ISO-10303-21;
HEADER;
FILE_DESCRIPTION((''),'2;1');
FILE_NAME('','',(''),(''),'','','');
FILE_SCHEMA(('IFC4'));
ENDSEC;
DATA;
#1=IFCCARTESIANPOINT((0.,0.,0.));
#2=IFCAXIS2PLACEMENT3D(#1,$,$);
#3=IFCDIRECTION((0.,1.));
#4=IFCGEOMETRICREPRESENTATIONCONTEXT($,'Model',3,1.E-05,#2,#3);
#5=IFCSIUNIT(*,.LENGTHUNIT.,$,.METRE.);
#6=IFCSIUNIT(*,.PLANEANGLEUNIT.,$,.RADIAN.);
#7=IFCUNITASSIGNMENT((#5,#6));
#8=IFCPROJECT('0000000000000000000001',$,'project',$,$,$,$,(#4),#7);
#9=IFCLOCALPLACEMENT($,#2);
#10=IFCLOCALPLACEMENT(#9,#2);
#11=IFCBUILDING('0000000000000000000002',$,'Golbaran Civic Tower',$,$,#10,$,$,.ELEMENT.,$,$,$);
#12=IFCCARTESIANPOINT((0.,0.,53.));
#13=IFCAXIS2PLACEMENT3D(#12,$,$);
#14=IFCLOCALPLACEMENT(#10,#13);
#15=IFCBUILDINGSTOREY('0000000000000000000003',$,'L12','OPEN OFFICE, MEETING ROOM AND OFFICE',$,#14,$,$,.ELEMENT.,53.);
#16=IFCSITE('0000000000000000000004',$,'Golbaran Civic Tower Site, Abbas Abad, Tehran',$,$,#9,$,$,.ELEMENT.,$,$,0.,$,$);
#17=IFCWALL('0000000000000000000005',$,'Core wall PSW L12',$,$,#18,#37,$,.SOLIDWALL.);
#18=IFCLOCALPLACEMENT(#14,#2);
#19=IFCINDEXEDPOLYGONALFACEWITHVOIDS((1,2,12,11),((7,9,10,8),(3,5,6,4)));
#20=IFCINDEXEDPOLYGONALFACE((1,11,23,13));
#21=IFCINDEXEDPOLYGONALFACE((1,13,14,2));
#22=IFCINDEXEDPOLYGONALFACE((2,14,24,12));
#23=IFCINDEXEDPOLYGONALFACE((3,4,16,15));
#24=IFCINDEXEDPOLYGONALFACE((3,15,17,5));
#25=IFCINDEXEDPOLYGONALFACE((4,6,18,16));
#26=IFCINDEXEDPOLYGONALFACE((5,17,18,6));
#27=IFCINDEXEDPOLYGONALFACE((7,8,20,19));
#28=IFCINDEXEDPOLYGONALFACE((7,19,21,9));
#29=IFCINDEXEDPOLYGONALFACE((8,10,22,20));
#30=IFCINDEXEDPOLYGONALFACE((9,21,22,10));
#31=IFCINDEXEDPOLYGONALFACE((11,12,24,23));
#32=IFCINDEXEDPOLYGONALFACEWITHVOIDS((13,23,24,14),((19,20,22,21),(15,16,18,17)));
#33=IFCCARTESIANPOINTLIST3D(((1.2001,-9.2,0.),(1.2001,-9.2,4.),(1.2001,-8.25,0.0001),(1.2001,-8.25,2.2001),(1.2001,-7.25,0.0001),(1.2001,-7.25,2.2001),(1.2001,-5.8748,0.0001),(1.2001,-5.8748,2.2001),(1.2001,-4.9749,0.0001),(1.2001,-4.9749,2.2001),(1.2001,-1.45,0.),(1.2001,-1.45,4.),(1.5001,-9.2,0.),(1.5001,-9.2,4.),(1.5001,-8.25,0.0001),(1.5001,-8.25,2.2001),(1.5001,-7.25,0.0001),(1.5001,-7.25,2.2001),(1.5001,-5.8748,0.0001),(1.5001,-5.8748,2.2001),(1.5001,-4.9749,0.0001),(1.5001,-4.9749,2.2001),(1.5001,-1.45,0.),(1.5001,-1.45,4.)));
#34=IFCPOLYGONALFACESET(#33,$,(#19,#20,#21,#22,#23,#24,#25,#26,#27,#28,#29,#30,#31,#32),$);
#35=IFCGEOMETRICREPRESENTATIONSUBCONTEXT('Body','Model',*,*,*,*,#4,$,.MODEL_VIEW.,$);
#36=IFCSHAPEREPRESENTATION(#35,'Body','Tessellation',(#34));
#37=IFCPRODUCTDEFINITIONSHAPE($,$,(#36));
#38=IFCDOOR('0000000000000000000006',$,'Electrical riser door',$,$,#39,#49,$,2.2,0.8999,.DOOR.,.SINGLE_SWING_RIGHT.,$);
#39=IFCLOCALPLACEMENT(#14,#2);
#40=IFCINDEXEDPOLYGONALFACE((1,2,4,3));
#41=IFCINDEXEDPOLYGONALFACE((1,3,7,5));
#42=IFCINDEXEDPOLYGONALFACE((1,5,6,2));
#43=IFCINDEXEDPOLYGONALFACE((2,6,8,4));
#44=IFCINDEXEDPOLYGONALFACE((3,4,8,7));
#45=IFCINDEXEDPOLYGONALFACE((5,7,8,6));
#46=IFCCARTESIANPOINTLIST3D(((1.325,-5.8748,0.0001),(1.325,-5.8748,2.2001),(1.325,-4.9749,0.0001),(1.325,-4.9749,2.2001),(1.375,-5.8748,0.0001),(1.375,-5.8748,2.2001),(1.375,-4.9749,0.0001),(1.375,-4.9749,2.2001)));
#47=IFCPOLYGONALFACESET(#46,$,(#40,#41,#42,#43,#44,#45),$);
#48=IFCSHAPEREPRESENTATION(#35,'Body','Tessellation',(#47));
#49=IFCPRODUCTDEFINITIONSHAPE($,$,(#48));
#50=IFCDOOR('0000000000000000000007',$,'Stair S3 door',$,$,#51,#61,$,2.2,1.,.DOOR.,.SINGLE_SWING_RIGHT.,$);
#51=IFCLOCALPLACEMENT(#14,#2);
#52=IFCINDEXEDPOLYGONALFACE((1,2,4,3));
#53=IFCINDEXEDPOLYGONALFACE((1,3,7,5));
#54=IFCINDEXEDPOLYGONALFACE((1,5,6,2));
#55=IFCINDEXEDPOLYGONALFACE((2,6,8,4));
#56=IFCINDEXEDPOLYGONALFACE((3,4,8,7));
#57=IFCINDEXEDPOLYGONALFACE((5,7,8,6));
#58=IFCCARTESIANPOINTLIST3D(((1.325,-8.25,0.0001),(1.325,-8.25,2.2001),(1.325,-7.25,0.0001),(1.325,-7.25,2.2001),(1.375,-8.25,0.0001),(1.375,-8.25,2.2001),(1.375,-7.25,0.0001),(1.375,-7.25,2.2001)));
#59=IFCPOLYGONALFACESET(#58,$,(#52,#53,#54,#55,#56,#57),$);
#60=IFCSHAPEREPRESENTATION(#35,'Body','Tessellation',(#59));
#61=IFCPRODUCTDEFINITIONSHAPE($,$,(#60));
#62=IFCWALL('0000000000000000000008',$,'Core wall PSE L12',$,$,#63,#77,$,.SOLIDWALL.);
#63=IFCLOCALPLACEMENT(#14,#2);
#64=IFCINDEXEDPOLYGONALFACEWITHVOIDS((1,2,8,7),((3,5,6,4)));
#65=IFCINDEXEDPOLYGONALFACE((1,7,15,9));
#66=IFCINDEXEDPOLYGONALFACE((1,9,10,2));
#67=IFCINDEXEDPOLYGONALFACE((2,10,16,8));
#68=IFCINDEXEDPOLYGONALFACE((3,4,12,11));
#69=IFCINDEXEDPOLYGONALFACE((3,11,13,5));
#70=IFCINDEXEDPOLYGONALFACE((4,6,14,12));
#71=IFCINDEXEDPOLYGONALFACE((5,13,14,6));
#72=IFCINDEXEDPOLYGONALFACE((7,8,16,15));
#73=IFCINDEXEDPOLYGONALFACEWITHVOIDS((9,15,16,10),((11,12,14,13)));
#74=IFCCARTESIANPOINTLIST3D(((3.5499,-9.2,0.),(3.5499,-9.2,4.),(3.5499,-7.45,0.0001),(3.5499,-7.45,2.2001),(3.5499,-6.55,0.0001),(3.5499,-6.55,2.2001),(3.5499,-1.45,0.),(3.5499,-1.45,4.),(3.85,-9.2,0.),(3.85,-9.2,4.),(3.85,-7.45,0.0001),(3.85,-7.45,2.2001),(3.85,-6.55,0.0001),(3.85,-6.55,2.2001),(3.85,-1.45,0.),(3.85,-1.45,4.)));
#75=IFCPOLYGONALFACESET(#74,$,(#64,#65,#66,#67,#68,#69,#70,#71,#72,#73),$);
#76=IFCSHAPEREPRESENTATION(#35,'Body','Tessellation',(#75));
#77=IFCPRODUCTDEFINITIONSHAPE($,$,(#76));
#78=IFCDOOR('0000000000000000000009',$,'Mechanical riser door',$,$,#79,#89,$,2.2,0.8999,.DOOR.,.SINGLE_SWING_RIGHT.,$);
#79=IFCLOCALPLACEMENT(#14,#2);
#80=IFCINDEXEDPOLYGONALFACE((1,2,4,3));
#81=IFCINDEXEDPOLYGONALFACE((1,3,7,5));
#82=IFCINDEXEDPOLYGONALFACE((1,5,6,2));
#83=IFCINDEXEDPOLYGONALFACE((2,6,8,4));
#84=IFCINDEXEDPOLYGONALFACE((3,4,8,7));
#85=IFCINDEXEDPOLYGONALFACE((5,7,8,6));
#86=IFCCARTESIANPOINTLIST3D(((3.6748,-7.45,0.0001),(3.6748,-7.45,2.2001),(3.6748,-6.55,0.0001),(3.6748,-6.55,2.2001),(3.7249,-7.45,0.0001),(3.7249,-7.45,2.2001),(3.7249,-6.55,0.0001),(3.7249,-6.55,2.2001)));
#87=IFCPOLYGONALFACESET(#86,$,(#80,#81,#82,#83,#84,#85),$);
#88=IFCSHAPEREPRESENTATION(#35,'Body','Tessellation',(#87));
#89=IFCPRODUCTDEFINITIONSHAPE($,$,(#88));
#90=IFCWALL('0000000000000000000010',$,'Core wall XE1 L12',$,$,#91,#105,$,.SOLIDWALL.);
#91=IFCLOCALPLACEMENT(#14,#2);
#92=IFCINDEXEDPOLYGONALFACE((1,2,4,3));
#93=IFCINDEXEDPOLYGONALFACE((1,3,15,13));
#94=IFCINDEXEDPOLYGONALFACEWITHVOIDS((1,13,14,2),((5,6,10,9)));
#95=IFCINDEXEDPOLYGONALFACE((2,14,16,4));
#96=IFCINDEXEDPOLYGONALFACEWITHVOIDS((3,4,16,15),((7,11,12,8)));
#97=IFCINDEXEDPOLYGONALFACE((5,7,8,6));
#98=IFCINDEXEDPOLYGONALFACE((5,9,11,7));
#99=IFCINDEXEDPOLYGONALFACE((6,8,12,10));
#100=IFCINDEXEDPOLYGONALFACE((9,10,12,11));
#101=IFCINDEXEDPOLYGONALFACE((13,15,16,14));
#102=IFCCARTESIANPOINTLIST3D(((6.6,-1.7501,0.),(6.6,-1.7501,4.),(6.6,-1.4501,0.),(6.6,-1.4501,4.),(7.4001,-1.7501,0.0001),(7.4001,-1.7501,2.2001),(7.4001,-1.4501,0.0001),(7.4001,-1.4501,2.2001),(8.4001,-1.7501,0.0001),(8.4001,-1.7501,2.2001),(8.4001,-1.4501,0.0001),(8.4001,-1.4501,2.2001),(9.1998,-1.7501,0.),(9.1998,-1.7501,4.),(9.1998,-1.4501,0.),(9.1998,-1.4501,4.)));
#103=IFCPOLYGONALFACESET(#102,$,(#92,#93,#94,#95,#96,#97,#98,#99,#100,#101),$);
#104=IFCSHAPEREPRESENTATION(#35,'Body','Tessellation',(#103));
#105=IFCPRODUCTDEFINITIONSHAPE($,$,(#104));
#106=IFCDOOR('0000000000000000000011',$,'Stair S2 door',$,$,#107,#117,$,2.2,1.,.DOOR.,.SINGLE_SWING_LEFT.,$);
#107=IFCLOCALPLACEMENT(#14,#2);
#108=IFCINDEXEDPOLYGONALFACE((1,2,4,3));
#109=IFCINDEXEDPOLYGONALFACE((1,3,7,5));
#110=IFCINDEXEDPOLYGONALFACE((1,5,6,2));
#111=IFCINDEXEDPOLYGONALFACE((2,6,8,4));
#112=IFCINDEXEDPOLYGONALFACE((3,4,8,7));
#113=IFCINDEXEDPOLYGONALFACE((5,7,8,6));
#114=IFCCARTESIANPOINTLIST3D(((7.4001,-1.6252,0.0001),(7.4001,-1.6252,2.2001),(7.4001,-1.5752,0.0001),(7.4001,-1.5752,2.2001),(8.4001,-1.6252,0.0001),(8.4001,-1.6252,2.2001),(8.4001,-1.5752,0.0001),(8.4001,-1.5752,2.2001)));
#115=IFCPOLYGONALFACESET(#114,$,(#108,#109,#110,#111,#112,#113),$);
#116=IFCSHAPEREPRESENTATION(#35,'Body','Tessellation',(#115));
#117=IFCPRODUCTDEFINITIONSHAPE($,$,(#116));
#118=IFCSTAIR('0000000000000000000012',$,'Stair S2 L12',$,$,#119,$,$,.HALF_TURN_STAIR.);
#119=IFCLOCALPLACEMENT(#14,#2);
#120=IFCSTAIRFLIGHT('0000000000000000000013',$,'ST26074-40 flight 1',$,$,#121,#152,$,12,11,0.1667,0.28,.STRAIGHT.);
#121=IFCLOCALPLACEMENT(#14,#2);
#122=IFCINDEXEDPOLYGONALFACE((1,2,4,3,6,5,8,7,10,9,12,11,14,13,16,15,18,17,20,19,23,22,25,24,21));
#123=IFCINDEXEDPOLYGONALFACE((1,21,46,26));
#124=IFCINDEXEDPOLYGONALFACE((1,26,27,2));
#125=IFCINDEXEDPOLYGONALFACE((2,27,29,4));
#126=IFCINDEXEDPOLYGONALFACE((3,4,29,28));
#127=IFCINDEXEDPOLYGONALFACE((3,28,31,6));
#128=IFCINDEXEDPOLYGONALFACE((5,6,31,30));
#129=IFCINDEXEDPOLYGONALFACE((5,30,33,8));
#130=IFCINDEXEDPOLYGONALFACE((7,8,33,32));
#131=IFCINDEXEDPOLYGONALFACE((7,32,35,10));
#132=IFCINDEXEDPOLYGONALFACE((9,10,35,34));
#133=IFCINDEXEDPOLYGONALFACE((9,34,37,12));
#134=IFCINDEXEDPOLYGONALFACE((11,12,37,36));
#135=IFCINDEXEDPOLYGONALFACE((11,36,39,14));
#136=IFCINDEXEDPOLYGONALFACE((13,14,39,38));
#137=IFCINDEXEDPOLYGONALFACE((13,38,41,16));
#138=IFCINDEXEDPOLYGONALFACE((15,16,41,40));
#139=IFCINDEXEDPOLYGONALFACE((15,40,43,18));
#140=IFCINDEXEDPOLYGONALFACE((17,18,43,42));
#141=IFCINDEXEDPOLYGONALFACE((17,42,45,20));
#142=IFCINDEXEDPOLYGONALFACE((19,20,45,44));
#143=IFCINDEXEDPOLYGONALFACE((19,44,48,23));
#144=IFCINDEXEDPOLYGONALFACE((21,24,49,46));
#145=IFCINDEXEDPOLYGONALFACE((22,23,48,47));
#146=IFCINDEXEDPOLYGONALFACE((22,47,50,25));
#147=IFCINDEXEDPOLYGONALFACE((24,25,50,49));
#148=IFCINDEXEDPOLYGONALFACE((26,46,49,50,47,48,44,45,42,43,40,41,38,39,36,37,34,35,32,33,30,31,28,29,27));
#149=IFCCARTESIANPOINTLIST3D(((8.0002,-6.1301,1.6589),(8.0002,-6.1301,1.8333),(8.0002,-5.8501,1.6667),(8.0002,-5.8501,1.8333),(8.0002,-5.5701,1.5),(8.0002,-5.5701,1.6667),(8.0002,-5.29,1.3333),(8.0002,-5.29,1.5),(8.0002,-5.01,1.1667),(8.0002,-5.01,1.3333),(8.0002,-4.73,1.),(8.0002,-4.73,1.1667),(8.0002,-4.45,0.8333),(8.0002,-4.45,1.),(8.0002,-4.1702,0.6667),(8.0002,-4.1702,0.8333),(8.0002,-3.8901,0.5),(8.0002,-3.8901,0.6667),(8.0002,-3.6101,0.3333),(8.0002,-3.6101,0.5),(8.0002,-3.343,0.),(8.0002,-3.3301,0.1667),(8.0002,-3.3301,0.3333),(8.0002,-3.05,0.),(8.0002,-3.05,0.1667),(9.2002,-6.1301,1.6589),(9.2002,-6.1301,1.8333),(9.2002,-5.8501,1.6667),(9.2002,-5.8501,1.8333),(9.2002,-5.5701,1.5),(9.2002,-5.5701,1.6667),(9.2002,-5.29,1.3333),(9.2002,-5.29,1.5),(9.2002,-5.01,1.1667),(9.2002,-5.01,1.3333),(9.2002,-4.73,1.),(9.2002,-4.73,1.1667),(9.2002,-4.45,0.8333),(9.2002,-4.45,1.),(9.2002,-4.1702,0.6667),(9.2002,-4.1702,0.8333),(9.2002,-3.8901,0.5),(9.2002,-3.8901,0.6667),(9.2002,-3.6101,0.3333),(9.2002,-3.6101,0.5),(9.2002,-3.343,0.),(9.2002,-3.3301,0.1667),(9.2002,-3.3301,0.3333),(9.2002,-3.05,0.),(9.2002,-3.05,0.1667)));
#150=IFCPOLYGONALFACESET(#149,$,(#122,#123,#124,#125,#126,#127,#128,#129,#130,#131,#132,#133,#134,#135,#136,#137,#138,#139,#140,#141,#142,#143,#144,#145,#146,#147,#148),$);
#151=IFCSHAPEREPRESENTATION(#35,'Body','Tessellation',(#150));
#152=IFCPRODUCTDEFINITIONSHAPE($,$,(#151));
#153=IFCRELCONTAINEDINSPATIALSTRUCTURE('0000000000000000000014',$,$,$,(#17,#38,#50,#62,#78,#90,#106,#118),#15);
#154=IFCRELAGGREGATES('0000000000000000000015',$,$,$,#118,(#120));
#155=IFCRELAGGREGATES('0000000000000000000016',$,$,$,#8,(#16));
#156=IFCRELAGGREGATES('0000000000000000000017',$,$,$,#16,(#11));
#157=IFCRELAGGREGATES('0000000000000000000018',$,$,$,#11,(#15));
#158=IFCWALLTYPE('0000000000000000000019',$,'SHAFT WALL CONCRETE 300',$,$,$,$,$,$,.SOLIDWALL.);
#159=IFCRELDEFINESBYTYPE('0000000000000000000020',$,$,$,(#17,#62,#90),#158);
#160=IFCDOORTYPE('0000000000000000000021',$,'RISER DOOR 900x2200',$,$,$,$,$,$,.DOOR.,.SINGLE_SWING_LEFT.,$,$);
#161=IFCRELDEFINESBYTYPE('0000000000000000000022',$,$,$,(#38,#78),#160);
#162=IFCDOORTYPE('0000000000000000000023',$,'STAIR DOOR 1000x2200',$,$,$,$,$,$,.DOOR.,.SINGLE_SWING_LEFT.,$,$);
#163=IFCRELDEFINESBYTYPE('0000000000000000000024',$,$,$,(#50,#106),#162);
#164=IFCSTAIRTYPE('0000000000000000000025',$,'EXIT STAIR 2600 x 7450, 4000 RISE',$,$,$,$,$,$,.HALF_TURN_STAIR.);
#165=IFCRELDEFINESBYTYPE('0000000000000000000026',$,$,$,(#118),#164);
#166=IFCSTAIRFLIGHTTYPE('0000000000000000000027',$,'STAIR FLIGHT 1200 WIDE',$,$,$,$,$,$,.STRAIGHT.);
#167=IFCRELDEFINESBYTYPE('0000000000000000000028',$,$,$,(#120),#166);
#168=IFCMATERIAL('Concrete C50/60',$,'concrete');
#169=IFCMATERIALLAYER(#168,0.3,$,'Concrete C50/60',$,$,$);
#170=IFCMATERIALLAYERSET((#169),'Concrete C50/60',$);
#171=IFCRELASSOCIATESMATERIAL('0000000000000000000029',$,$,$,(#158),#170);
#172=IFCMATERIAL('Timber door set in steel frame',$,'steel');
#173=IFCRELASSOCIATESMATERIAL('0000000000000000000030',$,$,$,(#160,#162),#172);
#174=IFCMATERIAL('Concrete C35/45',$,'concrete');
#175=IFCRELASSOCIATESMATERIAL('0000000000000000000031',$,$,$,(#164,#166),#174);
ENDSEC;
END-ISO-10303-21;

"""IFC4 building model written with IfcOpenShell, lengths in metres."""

from ifc_helpers import new_model, si_unit, direction, frame, frame_2d, origin, place, context, subcontext, project, spatial, polyline, rectangle, outline, extrude, material, layer, layer_set, type_object, element, fill, aggregate, save


model = new_model("IFC4")

# Units and contexts
model_context = context("Model", 3, precision=1e-05, world=origin(), true_north=direction((0.0, 1.0)))
body_context = subcontext(model_context, "Body", "Model", "MODEL_VIEW")
ifc_project = project(units=[si_unit("LENGTHUNIT", "METRE"), si_unit("PLANEANGLEUNIT", "RADIAN")], contexts=[model_context])

# Site, building, storey
site_placement = place(None, origin())
site = spatial("IfcSite", under=ifc_project, at=site_placement, Name="Golbaran Civic Tower Site, Abbas Abad, Tehran", CompositionType="ELEMENT", RefElevation=0.0)
building_placement = place(site_placement, origin())
building = spatial("IfcBuilding", under=site, at=building_placement, Name="Golbaran Civic Tower", CompositionType="ELEMENT")
storey_placement = place(building_placement, frame((0.0, 0.0, 53.0)))
storey = spatial("IfcBuildingStorey", under=building, at=storey_placement, Name="L12", Description="OPEN OFFICE, MEETING ROOM AND OFFICE", CompositionType="ELEMENT", Elevation=53.0)

# Shared definitions
ifc_material_1 = material(Name="Concrete C35/45", Category="concrete")

# Shared definitions
ifc_material_2 = material(Name="Timber door set in steel frame", Category="steel")

# Shared definitions
ifc_material_3 = material(Name="Concrete C50/60", Category="concrete")
ifc_layer_1 = layer(ifc_material_3, 0.3, Name="Concrete C50/60")
ifc_layer_set_1 = layer_set([ifc_layer_1], Name="Concrete C50/60")
wall_type_1 = type_object("IfcWallType", Name="SHAFT WALL CONCRETE 300", PredefinedType="SOLIDWALL", material=ifc_layer_set_1)

# Wall, openings, doors
wall_1_placement = place(storey_placement, frame((1.3501, -1.45, 0.0), z_axis=(0.0, 0.0, 1.0), x_axis=(0.0, -1.0, 0.0)))
wall_1 = element("IfcWall", 1, at=wall_1_placement, inside=storey, type_object=wall_type_1, Name="Core wall PSW L12", PredefinedType="SOLIDWALL", context=body_context, shape_type="SweptSolid", body=[
    extrude(rectangle(XDim=7.75, YDim=0.3, at=frame_2d((3.875, 0.0))), origin(), (0.0, 0.0, 1.0), 4.0),
])
opening_1_placement = place(wall_1_placement, frame((5.8, 0.0, 0.0)))
opening_1 = element("IfcOpeningElement", 2, at=opening_1_placement, cuts=wall_1, PredefinedType="OPENING", context=body_context, shape_type="SweptSolid", body=[
    extrude(rectangle(XDim=1.0, YDim=2.2, at=frame_2d((0.5, 1.1001))), frame((0.0, 0.1599, 0.0), z_axis=(0.0, -1.0, 0.0), x_axis=(1.0, 0.0, 0.0)), (0.0, 0.0, 1.0), 0.3201),
])
opening_2_placement = place(wall_1_placement, frame((3.5249, 0.0, 0.0)))
opening_2 = element("IfcOpeningElement", 3, at=opening_2_placement, cuts=wall_1, PredefinedType="OPENING", context=body_context, shape_type="SweptSolid", body=[
    extrude(rectangle(XDim=0.8999, YDim=2.2, at=frame_2d((0.45, 1.1001))), frame((0.0, 0.1599, 0.0), z_axis=(0.0, -1.0, 0.0), x_axis=(1.0, 0.0, 0.0)), (0.0, 0.0, 1.0), 0.3201),
])
door_type_1 = type_object("IfcDoorType", Name="RISER DOOR 900x2200", OperationType="SINGLE_SWING_LEFT", PredefinedType="DOOR", material=ifc_material_2)
door_1_placement = place(opening_2_placement, origin())
door_1 = element("IfcDoor", 4, at=door_1_placement, inside=storey, type_object=door_type_1, Name="Electrical riser door", OperationType="SINGLE_SWING_RIGHT", OverallHeight=2.2, OverallWidth=0.8999, PredefinedType="DOOR", context=body_context, shape_type="SweptSolid", body=[
    extrude(rectangle(XDim=0.8999, YDim=2.2, at=frame_2d((0.45, 1.1001))), frame((0.0, 0.0249, 0.0), z_axis=(0.0, -1.0, 0.0), x_axis=(1.0, 0.0, 0.0)), (0.0, 0.0, 1.0), 0.05),
])
fill(opening_2, door_1)
door_type_2 = type_object("IfcDoorType", Name="STAIR DOOR 1000x2200", OperationType="SINGLE_SWING_LEFT", PredefinedType="DOOR", material=ifc_material_2)
door_2_placement = place(opening_1_placement, origin())
door_2 = element("IfcDoor", 5, at=door_2_placement, inside=storey, type_object=door_type_2, Name="Stair S3 door", OperationType="SINGLE_SWING_RIGHT", OverallHeight=2.2, OverallWidth=1.0, PredefinedType="DOOR", context=body_context, shape_type="SweptSolid", body=[
    extrude(rectangle(XDim=1.0, YDim=2.2, at=frame_2d((0.5, 1.1001))), frame((0.0, 0.0249, 0.0), z_axis=(0.0, -1.0, 0.0), x_axis=(1.0, 0.0, 0.0)), (0.0, 0.0, 1.0), 0.05),
])
fill(opening_1, door_2)

# Walls, openings, doors
wall_2_placement = place(storey_placement, frame((3.7, -1.45, 0.0), z_axis=(0.0, 0.0, 1.0), x_axis=(0.0, -1.0, 0.0)))
wall_2 = element("IfcWall", 6, at=wall_2_placement, inside=storey, type_object=wall_type_1, Name="Core wall PSE L12", PredefinedType="SOLIDWALL", context=body_context, shape_type="SweptSolid", body=[
    extrude(rectangle(XDim=7.75, YDim=0.3, at=frame_2d((3.875, 0.0))), origin(), (0.0, 0.0, 1.0), 4.0),
])
opening_3_placement = place(wall_2_placement, frame((5.1001, 0.0, 0.0)))
opening_3 = element("IfcOpeningElement", 7, at=opening_3_placement, cuts=wall_2, PredefinedType="OPENING", context=body_context, shape_type="SweptSolid", body=[
    extrude(rectangle(XDim=0.8999, YDim=2.2, at=frame_2d((0.45, 1.1001))), frame((0.0, 0.1599, 0.0), z_axis=(0.0, -1.0, 0.0), x_axis=(1.0, 0.0, 0.0)), (0.0, 0.0, 1.0), 0.3201),
])
door_3_placement = place(opening_3_placement, origin())
door_3 = element("IfcDoor", 8, at=door_3_placement, inside=storey, type_object=door_type_1, Name="Mechanical riser door", OperationType="SINGLE_SWING_RIGHT", OverallHeight=2.2, OverallWidth=0.8999, PredefinedType="DOOR", context=body_context, shape_type="SweptSolid", body=[
    extrude(rectangle(XDim=0.8999, YDim=2.2, at=frame_2d((0.45, 1.1001))), frame((0.0, 0.0249, 0.0), z_axis=(0.0, -1.0, 0.0), x_axis=(1.0, 0.0, 0.0)), (0.0, 0.0, 1.0), 0.05),
])
fill(opening_3, door_3)
wall_3_placement = place(storey_placement, frame((6.6001, -1.6001, 0.0), z_axis=(0.0, 0.0, 1.0), x_axis=(1.0, 0.0, 0.0)))
wall_3 = element("IfcWall", 9, at=wall_3_placement, inside=storey, type_object=wall_type_1, Name="Core wall XE1 L12", PredefinedType="SOLIDWALL", context=body_context, shape_type="SweptSolid", body=[
    extrude(rectangle(XDim=2.5999, YDim=0.3, at=frame_2d((1.2998, 0.0))), origin(), (0.0, 0.0, 1.0), 4.0),
])
opening_4_placement = place(wall_3_placement, frame((0.8, 0.0, 0.0)))
opening_4 = element("IfcOpeningElement", 10, at=opening_4_placement, cuts=wall_3, PredefinedType="OPENING", context=body_context, shape_type="SweptSolid", body=[
    extrude(rectangle(XDim=1.0, YDim=2.2, at=frame_2d((0.5, 1.1001))), frame((0.0, 0.1599, 0.0), z_axis=(0.0, -1.0, 0.0), x_axis=(1.0, 0.0, 0.0)), (0.0, 0.0, 1.0), 0.3201),
])
door_4_placement = place(opening_4_placement, origin())
door_4 = element("IfcDoor", 11, at=door_4_placement, inside=storey, type_object=door_type_2, Name="Stair S2 door", OperationType="SINGLE_SWING_LEFT", OverallHeight=2.2, OverallWidth=1.0, PredefinedType="DOOR", context=body_context, shape_type="SweptSolid", body=[
    extrude(rectangle(XDim=1.0, YDim=2.2, at=frame_2d((0.5, 1.1001))), frame((0.0, 0.0249, 0.0), z_axis=(0.0, -1.0, 0.0), x_axis=(1.0, 0.0, 0.0)), (0.0, 0.0, 1.0), 0.05),
])
fill(opening_4, door_4)

# Stair, stair flight
stair_type = type_object("IfcStairType", Name="EXIT STAIR 2600 x 7450, 4000 RISE", PredefinedType="HALF_TURN_STAIR", material=ifc_material_1)
stair_placement = place(storey_placement, origin())
stair = element("IfcStair", 12, at=stair_placement, inside=storey, type_object=stair_type, Name="Stair S2 L12", PredefinedType="HALF_TURN_STAIR")
stair_flight_type = type_object("IfcStairFlightType", Name="STAIR FLIGHT 1200 WIDE", PredefinedType="STRAIGHT", material=ifc_material_1)
stair_flight_1_placement = place(storey_placement, frame((8.6001, -3.05, 0.0), z_axis=(0.0, 0.0, 1.0), x_axis=(0.0, -1.0, 0.0)))
stair_flight_1 = element("IfcStairFlight", 13, at=stair_flight_1_placement, type_object=stair_flight_type, Name="ST26074-40 flight 1", NumberOfRisers=12, NumberOfTreads=11, PredefinedType="STRAIGHT", RiserHeight=0.1667, TreadLength=0.28, context=body_context, shape_type="SweptSolid", body=[
    extrude(outline(polyline([(0.0, 0.0), (0.0, 0.1667), (0.28, 0.1667), (0.28, 0.3333), (0.5601, 0.3333), (0.5601, 0.5), (0.8401, 0.5), (0.8401, 0.6667), (1.1201, 0.6667), (1.1201, 0.8333), (1.3999, 0.8333), (1.3999, 1.0), (1.6799, 1.0), (1.6799, 1.1667), (1.96, 1.1667), (1.96, 1.3333), (2.24, 1.3333), (2.24, 1.5), (2.52, 1.5), (2.52, 1.6667), (2.8, 1.6667), (2.8, 1.8333), (3.0801, 1.8333), (3.0801, 2.0), (3.0801, 1.6589), (0.293, 0.0), (0.0, 0.0)])), frame((0.0, 0.6001, 0.0), z_axis=(0.0, -1.0, 0.0), x_axis=(1.0, 0.0, 0.0)), (0.0, 0.0, 1.0), 1.2),
])
aggregate(stair, [stair_flight_1])

save(model, "model.ifc")
